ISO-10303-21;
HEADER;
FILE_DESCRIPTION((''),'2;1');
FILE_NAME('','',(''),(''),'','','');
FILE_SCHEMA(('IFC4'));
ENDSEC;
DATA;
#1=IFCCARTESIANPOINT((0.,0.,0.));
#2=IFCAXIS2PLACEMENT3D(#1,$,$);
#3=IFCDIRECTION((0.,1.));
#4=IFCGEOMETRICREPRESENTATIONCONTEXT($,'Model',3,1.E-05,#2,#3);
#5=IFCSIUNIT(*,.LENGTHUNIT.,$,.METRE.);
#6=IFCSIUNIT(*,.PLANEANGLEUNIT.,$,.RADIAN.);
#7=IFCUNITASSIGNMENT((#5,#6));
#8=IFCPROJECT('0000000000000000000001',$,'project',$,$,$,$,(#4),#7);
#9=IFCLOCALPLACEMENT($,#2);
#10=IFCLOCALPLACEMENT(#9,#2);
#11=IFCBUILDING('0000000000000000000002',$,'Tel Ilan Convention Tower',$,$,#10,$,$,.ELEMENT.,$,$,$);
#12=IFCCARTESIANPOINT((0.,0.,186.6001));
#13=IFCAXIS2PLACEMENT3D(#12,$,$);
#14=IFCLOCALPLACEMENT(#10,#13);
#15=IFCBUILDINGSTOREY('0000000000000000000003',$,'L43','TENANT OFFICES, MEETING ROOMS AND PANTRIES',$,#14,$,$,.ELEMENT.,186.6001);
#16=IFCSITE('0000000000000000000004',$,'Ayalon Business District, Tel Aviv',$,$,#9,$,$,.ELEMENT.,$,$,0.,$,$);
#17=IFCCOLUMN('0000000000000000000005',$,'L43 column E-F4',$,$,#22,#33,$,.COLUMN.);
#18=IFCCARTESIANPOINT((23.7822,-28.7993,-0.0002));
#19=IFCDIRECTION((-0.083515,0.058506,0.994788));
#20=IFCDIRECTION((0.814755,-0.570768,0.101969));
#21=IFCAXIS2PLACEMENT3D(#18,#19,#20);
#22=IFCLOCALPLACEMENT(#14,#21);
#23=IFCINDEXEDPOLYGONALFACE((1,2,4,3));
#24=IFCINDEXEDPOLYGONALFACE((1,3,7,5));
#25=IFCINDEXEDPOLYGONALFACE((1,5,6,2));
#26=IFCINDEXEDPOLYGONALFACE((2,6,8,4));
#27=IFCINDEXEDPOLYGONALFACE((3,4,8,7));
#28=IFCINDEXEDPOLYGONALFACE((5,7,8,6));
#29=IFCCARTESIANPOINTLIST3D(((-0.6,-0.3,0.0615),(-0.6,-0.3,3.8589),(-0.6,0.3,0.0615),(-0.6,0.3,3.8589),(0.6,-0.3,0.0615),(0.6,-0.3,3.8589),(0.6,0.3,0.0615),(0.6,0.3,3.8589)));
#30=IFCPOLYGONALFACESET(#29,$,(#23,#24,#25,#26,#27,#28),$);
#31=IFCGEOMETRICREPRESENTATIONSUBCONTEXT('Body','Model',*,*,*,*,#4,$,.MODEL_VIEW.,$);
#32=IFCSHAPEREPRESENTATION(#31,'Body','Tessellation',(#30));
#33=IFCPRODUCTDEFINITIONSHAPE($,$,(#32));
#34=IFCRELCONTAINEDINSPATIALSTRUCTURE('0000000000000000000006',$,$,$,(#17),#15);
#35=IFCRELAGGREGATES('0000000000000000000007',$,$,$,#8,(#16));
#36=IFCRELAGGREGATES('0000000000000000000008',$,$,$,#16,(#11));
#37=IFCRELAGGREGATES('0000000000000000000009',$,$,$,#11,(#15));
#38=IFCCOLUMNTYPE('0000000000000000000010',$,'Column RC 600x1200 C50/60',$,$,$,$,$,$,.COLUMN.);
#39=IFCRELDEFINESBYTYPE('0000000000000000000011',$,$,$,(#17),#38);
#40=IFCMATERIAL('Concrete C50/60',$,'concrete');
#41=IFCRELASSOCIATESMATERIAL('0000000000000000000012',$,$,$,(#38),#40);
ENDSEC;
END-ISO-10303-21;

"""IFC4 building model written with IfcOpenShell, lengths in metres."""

from ifc_helpers import new_model, si_unit, direction, frame, origin, origin_2d, place, context, subcontext, project, spatial, rectangle, extrude, clip, halfspace, material, material_profile, profile_set, type_object, element, save


model = new_model("IFC4")

# Units and contexts
model_context = context("Model", 3, precision=1e-05, world=origin(), true_north=direction((0.0, 1.0)))
body_context = subcontext(model_context, "Body", "Model", "MODEL_VIEW")
ifc_project = project(units=[si_unit("LENGTHUNIT", "METRE"), si_unit("PLANEANGLEUNIT", "RADIAN")], contexts=[model_context])

# Site, building, storey
site_placement = place(None, origin())
site = spatial("IfcSite", under=ifc_project, at=site_placement, Name="Ayalon Business District, Tel Aviv", CompositionType="ELEMENT", RefElevation=0.0)
building_placement = place(site_placement, origin())
building = spatial("IfcBuilding", under=site, at=building_placement, Name="Tel Ilan Convention Tower", CompositionType="ELEMENT")
storey_placement = place(building_placement, frame((0.0, 0.0, 186.6001)))
storey = spatial("IfcBuildingStorey", under=building, at=storey_placement, Name="L43", Description="TENANT OFFICES, MEETING ROOMS AND PANTRIES", CompositionType="ELEMENT", Elevation=186.6001)

# Column
ifc_material_1 = material(Name="Concrete C50/60", Category="concrete")
ifc_material_profile_1 = material_profile(ifc_material_1, rectangle(XDim=1.2, YDim=0.6001, at=origin_2d()), Name="RC 600x1200")
ifc_profile_set_1 = profile_set([ifc_material_profile_1], Name="Concrete C50/60")
column_type = type_object("IfcColumnType", Name="Column RC 600x1200 C50/60", PredefinedType="COLUMN", material=ifc_profile_set_1)
column_1_placement = place(storey_placement, frame((23.7822, -28.7993, -0.0002), z_axis=(-0.083515, 0.058506, 0.994788), x_axis=(0.814755, -0.570768, 0.101969)))
element("IfcColumn", 1, at=column_1_placement, inside=storey, type_object=column_type, Name="L43 column E-F4", PredefinedType="COLUMN", context=body_context, shape_type="Clipping", body=[
    clip(clip(extrude(rectangle(XDim=1.2, YDim=0.6001, at=origin_2d()), origin(), (0.0, 0.0, 1.0), 3.9204), halfspace(frame((0.0, 0.0, 0.0615), z_axis=(0.0, 0.0, 1.0), x_axis=(1.0, 0.0, 0.0)), True)), halfspace(frame((0.0, 0.0, 3.8589), z_axis=(0.0, 0.0, 1.0), x_axis=(1.0, 0.0, 0.0)), False)),
])

save(model, "model.ifc")
